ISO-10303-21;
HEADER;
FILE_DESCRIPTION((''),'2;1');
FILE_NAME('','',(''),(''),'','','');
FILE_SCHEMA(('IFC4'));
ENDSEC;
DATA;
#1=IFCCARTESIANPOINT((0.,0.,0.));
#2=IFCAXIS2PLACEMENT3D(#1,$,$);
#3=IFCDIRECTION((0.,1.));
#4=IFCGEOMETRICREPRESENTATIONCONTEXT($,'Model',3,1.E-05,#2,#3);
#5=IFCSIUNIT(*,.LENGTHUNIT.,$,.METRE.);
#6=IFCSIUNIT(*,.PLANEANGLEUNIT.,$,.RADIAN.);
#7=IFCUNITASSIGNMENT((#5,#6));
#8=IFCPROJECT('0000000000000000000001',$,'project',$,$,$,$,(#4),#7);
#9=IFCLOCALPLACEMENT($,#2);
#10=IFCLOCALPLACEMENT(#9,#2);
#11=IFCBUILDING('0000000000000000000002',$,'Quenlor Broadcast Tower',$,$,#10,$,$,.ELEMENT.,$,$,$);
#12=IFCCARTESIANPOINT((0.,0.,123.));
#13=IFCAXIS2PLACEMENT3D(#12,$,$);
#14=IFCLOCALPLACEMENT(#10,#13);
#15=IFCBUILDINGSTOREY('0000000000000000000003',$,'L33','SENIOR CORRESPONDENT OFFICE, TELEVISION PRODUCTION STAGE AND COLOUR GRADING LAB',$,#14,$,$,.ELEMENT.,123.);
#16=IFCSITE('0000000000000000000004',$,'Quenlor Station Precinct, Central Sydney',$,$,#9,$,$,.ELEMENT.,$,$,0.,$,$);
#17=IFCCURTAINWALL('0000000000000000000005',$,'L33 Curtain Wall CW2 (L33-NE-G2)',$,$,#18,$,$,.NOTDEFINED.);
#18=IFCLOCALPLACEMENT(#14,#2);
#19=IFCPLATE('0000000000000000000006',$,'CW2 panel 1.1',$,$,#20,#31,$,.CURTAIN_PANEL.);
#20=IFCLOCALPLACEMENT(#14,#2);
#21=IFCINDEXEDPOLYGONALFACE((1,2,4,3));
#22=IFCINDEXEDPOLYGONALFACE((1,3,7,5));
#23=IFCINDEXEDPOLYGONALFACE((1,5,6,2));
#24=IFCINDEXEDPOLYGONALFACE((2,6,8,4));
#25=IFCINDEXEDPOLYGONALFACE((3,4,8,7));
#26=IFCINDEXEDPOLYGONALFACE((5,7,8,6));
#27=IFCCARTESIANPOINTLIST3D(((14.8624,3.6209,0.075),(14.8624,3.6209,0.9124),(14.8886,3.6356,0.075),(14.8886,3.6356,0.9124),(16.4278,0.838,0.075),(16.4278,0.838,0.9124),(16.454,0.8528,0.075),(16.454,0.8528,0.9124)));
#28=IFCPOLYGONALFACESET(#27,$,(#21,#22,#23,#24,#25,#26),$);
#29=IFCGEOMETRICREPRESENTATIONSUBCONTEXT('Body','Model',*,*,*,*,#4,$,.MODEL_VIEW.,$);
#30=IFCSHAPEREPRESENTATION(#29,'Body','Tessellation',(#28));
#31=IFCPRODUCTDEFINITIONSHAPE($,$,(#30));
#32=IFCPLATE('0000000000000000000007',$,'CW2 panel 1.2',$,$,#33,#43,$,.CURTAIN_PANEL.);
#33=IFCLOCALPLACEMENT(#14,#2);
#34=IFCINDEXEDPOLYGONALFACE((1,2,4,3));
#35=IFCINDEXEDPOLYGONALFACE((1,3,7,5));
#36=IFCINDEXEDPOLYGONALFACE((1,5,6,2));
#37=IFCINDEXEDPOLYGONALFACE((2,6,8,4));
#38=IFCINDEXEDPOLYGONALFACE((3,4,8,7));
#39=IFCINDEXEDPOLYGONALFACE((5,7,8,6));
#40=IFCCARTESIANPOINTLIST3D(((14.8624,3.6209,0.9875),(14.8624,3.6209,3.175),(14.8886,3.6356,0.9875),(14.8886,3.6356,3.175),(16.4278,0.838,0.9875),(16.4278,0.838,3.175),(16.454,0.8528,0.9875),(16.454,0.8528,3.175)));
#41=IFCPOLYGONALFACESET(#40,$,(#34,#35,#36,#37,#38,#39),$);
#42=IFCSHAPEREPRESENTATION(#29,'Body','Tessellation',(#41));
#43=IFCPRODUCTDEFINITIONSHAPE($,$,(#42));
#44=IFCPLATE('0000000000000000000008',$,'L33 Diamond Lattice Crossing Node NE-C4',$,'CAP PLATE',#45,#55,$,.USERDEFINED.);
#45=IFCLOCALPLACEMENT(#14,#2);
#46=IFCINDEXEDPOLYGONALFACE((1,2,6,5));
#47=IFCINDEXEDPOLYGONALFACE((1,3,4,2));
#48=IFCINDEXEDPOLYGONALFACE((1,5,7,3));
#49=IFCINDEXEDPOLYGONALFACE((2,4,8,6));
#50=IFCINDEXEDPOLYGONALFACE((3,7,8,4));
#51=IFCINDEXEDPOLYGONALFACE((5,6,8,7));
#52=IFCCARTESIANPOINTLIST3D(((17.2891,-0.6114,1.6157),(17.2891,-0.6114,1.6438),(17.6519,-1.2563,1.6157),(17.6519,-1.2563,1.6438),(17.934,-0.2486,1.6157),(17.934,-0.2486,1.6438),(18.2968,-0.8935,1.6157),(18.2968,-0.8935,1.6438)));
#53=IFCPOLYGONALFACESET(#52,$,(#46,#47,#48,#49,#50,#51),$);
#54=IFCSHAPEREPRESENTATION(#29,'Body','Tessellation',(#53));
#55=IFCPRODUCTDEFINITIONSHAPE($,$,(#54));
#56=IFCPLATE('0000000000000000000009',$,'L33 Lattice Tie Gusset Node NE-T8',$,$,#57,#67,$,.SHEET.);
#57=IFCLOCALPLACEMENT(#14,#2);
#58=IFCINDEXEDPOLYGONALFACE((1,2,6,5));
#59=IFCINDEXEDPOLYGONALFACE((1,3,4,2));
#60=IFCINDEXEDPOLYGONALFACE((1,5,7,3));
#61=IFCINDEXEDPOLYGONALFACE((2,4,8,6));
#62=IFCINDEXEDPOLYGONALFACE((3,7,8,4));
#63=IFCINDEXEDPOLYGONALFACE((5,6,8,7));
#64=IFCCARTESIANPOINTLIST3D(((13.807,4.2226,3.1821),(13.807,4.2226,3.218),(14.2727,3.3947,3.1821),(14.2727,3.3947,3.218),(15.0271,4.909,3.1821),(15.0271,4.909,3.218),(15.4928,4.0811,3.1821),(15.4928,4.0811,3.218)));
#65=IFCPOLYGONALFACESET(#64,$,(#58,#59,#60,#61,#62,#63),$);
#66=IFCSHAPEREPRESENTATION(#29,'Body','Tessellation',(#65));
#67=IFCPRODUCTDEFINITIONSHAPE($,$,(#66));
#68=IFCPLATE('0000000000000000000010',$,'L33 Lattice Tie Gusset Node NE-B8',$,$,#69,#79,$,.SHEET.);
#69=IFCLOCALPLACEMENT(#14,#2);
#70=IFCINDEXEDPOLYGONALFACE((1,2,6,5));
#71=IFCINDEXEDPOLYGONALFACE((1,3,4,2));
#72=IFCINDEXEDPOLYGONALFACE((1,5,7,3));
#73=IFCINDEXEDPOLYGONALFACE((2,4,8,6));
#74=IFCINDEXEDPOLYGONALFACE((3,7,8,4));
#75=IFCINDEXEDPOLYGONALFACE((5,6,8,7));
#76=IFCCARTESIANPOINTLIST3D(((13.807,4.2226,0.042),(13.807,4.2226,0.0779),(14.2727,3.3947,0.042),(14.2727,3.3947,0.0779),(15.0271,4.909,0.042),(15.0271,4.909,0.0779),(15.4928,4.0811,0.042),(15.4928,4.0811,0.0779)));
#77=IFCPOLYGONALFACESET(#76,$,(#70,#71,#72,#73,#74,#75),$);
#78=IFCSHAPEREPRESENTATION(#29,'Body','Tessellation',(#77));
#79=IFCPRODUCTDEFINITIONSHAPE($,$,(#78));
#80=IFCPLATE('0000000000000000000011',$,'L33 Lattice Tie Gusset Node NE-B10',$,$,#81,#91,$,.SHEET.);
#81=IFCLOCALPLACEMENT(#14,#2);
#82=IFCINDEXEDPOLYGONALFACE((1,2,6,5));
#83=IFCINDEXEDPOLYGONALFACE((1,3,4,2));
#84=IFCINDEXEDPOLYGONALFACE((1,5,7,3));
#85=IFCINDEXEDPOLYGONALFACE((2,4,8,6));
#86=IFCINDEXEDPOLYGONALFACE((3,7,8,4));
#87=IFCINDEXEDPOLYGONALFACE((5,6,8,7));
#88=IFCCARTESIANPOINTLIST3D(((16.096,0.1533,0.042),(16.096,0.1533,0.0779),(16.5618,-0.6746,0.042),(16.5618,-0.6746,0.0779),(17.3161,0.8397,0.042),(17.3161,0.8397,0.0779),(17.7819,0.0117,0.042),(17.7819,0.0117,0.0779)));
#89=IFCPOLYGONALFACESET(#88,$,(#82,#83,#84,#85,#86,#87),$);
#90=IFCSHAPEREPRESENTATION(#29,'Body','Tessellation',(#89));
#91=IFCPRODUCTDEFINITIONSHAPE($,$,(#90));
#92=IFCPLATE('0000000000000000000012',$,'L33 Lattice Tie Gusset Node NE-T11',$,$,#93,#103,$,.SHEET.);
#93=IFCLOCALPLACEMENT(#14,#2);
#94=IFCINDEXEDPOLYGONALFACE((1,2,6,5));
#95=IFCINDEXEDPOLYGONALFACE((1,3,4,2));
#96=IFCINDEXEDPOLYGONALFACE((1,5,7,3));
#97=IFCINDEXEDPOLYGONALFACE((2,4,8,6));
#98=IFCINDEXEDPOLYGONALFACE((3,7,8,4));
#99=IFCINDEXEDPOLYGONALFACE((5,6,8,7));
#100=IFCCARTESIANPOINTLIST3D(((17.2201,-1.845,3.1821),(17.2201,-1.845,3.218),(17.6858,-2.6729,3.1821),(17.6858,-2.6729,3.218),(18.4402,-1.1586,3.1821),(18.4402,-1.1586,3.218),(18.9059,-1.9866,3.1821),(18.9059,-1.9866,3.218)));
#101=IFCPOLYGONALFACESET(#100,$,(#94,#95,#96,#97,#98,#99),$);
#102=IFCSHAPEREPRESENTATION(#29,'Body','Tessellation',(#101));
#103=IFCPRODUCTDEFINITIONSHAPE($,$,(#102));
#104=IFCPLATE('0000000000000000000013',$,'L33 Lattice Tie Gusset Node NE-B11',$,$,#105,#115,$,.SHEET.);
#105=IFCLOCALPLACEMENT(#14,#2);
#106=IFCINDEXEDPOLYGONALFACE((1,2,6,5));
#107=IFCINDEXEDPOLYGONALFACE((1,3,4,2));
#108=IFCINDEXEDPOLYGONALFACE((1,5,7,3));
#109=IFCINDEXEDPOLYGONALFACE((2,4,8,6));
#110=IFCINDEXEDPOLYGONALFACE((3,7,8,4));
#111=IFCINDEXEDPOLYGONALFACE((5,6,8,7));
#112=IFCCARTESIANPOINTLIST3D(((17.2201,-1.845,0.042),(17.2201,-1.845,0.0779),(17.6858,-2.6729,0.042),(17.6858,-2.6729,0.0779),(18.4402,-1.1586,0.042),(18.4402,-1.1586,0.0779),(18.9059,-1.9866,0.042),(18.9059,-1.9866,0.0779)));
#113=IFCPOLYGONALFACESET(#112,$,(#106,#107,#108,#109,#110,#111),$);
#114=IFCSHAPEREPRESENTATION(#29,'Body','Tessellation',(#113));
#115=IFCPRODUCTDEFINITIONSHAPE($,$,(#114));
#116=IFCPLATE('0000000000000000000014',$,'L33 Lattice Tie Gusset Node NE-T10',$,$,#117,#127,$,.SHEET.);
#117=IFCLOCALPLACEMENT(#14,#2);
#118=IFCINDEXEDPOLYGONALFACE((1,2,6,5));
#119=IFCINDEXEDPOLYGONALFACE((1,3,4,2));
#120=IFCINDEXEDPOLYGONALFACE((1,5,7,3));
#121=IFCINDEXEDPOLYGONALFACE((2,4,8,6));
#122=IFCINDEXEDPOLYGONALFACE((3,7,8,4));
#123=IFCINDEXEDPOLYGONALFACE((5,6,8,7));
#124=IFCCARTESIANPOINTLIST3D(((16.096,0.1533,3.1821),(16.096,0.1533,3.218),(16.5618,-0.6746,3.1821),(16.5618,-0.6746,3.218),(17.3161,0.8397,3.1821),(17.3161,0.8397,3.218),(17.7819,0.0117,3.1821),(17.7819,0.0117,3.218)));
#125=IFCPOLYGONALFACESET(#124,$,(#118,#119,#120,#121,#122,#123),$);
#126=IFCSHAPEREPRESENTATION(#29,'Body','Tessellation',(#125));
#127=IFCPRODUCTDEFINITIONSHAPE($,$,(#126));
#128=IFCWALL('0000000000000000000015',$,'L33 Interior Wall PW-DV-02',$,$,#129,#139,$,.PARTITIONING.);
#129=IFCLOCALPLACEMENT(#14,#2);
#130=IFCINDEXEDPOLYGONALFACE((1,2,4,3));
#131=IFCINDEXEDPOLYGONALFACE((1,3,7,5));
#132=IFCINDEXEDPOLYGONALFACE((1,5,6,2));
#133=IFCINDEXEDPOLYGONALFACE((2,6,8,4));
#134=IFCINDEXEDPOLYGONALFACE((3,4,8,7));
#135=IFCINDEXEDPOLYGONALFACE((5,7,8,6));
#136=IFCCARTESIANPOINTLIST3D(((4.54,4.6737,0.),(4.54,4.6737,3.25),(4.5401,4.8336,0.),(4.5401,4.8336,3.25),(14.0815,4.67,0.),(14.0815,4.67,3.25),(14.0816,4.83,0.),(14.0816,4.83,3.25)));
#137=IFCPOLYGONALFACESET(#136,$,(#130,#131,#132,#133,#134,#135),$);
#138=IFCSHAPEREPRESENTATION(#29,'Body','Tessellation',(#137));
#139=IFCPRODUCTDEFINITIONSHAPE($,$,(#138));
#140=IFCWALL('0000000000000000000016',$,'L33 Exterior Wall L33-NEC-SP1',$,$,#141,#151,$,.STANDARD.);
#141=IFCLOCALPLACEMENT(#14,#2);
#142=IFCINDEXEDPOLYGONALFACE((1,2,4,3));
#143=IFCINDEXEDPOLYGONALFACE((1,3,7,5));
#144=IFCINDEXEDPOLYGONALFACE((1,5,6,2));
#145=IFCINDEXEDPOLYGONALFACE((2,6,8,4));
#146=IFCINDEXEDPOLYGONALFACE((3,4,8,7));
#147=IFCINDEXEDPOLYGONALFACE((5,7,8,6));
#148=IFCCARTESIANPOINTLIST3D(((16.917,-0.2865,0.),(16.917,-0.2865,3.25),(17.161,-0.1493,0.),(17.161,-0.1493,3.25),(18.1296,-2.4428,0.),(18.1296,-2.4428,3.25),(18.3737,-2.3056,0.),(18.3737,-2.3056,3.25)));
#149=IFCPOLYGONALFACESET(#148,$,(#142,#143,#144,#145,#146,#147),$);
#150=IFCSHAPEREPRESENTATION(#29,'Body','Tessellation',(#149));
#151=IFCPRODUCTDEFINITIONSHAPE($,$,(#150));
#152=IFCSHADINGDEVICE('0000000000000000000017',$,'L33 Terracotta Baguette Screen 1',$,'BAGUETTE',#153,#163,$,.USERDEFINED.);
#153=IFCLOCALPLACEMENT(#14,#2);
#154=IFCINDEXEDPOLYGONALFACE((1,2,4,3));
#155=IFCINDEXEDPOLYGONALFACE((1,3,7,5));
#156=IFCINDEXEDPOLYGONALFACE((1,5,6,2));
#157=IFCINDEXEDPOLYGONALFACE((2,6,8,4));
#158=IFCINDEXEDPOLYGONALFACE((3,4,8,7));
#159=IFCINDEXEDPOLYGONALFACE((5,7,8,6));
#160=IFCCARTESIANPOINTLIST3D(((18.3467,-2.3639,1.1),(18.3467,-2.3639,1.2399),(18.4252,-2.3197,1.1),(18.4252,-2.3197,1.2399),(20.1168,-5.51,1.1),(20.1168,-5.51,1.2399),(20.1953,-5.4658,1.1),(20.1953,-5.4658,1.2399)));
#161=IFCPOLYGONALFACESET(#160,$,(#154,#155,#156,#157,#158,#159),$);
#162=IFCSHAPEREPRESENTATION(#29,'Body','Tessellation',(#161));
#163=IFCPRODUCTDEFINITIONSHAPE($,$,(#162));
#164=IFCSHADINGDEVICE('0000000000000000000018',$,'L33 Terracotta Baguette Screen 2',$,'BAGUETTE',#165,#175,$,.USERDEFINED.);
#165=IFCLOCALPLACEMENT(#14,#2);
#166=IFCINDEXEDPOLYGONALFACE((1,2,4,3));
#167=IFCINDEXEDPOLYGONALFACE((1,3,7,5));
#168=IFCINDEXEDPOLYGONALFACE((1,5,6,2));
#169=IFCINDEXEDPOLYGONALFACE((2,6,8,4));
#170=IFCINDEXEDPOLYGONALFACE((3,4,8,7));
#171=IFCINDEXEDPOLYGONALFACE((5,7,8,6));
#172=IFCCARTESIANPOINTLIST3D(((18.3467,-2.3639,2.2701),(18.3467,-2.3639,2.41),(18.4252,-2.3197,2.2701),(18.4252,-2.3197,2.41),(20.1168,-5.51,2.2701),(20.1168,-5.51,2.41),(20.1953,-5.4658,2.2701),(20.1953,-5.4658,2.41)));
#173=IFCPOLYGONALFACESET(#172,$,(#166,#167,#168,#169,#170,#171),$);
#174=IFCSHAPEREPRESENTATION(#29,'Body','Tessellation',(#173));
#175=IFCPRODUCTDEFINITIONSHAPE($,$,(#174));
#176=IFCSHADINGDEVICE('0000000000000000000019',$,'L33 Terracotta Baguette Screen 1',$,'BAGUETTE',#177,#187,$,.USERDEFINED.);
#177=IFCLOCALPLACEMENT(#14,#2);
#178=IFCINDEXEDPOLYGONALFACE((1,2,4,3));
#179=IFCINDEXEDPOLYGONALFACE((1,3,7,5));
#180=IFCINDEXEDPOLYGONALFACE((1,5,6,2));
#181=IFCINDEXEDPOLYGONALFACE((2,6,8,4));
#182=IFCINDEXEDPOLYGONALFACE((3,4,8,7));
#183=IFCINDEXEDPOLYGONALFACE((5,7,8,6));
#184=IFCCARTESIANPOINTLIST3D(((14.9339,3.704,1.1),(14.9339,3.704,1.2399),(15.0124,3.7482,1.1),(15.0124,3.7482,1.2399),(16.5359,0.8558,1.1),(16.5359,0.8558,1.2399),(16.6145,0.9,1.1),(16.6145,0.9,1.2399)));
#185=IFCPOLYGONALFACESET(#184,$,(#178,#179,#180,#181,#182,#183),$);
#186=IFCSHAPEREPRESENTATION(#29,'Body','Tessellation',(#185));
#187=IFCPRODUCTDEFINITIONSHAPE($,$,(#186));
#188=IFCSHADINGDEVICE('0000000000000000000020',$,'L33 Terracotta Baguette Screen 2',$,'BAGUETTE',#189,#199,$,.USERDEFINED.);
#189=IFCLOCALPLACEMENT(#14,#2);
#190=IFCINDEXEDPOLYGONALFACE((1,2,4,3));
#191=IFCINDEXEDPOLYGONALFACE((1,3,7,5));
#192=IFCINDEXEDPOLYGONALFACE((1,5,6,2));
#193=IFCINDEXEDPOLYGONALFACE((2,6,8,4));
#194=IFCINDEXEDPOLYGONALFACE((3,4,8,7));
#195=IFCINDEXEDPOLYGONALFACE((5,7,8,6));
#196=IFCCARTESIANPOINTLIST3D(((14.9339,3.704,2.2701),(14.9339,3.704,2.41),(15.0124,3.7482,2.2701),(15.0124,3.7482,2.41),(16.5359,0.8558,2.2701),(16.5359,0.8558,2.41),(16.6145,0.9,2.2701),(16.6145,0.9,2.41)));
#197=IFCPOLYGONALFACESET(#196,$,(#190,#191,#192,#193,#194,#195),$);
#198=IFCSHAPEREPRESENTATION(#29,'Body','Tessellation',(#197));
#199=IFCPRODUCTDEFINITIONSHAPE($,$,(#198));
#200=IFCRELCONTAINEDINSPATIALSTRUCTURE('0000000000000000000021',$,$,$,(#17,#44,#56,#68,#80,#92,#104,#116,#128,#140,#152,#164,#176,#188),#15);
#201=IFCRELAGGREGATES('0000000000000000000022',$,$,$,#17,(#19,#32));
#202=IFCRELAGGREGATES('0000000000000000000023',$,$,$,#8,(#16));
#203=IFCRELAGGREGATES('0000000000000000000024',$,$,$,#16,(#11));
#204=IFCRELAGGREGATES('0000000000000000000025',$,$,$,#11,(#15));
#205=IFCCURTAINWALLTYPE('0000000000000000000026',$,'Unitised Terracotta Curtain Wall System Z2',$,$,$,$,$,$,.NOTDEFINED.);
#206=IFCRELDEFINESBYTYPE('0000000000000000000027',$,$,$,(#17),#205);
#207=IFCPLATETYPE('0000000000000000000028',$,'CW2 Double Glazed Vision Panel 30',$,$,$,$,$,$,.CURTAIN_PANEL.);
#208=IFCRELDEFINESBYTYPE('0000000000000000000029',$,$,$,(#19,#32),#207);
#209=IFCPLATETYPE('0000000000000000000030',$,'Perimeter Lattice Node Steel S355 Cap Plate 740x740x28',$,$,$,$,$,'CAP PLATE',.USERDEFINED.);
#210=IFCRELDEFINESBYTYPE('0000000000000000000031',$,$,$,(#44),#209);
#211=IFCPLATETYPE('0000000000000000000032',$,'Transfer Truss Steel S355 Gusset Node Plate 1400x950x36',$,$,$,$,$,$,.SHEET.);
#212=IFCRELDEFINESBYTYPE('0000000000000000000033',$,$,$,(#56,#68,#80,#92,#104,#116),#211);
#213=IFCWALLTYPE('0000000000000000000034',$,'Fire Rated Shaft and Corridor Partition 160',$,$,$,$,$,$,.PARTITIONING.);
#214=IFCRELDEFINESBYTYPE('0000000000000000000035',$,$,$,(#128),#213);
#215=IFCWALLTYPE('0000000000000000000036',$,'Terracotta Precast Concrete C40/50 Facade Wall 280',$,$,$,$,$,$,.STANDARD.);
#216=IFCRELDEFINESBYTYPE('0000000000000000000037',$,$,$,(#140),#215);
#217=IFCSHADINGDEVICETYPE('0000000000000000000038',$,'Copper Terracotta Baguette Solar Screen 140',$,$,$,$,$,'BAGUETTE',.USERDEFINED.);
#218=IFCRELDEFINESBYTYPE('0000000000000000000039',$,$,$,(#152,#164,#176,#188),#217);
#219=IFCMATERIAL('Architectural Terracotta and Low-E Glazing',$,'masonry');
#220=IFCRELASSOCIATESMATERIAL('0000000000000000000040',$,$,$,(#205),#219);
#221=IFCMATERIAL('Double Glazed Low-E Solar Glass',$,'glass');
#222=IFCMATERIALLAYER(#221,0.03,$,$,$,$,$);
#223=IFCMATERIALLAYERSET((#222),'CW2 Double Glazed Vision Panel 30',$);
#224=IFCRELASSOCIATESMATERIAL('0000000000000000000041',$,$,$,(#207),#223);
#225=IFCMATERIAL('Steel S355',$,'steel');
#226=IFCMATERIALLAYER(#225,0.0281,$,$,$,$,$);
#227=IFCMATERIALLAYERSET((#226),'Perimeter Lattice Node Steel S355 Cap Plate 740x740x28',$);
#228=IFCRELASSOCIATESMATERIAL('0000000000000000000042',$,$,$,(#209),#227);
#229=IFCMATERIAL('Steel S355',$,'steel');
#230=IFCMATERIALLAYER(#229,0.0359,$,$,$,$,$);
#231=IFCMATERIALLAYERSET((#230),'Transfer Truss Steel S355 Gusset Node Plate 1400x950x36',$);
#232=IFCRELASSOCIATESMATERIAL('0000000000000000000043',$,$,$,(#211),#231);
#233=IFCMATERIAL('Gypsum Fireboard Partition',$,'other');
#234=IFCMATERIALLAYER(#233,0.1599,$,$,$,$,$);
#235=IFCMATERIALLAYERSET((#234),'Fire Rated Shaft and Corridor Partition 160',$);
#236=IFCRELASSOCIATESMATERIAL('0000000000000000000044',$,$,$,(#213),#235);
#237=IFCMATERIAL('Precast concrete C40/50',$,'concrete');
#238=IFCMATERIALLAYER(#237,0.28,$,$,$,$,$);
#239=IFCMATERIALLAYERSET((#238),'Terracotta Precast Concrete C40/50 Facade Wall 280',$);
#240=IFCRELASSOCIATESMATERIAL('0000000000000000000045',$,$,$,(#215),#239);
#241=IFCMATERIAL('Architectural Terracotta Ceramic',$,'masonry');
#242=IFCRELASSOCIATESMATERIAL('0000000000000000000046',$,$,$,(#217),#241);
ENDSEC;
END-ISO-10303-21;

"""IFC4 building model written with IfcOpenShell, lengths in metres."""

from ifc_helpers import new_model, si_unit, direction, frame, frame_2d, origin, origin_2d, place, context, subcontext, project, spatial, rectangle, extrude, material, layer, layer_set, material_profile, profile_set, type_object, element, aggregate, save


model = new_model("IFC4")

# Units and contexts
model_context = context("Model", 3, precision=1e-05, world=origin(), true_north=direction((0.0, 1.0)))
body_context = subcontext(model_context, "Body", "Model", "MODEL_VIEW")
ifc_project = project(units=[si_unit("LENGTHUNIT", "METRE"), si_unit("PLANEANGLEUNIT", "RADIAN")], contexts=[model_context])

# Site, building, storey
site_placement = place(None, origin())
site = spatial("IfcSite", under=ifc_project, at=site_placement, Name="Quenlor Station Precinct, Central Sydney", CompositionType="ELEMENT", RefElevation=0.0)
building_placement = place(site_placement, origin())
building = spatial("IfcBuilding", under=site, at=building_placement, Name="Quenlor Broadcast Tower", CompositionType="ELEMENT")
storey_placement = place(building_placement, frame((0.0, 0.0, 123.0)))
storey = spatial("IfcBuildingStorey", under=building, at=storey_placement, Name="L33", Description="SENIOR CORRESPONDENT OFFICE, TELEVISION PRODUCTION STAGE AND COLOUR GRADING LAB", CompositionType="ELEMENT", Elevation=123.0)

# Curtain wall
ifc_material_1 = material(Name="Architectural Terracotta and Low-E Glazing", Category="masonry")
curtain_wall_type = type_object("IfcCurtainWallType", Name="Unitised Terracotta Curtain Wall System Z2", PredefinedType="NOTDEFINED", material=ifc_material_1)
curtain_wall_placement = place(storey_placement, origin())
curtain_wall = element("IfcCurtainWall", 1, at=curtain_wall_placement, inside=storey, type_object=curtain_wall_type, Name="L33 Curtain Wall CW2 (L33-NE-G2)", PredefinedType="NOTDEFINED")

# Plates
ifc_material_2 = material(Name="Double Glazed Low-E Solar Glass", Category="glass")
ifc_layer_1 = layer(ifc_material_2, 0.03)
ifc_layer_set_1 = layer_set([ifc_layer_1], Name="CW2 Double Glazed Vision Panel 30")
plate_type_1 = type_object("IfcPlateType", Name="CW2 Double Glazed Vision Panel 30", PredefinedType="CURTAIN_PANEL", material=ifc_layer_set_1)
plate_1_placement = place(storey_placement, frame((15.6582, 2.2368, 0.075), z_axis=(0.0, 0.0, 1.0), x_axis=(0.490261, -0.871576, 0.0)))
plate_1 = element("IfcPlate", 2, at=plate_1_placement, type_object=plate_type_1, Name="CW2 panel 1.1", PredefinedType="CURTAIN_PANEL", context=body_context, shape_type="SweptSolid", body=[
    extrude(rectangle(XDim=3.1929, YDim=0.03, at=origin_2d()), origin(), (0.0, 0.0, 1.0), 0.8374),
])
plate_2_placement = place(storey_placement, frame((15.6582, 2.2368, 0.9875), z_axis=(0.0, 0.0, 1.0), x_axis=(0.490261, -0.871576, 0.0)))
plate_2 = element("IfcPlate", 3, at=plate_2_placement, type_object=plate_type_1, Name="CW2 panel 1.2", PredefinedType="CURTAIN_PANEL", context=body_context, shape_type="SweptSolid", body=[
    extrude(rectangle(XDim=3.1929, YDim=0.03, at=origin_2d()), origin(), (0.0, 0.0, 1.0), 2.1875),
])
aggregate(curtain_wall, [plate_1, plate_2])

# Plates
ifc_material_3 = material(Name="Steel S355", Category="steel")
ifc_layer_2 = layer(ifc_material_3, 0.0281)
ifc_layer_set_2 = layer_set([ifc_layer_2], Name="Perimeter Lattice Node Steel S355 Cap Plate 740x740x28")
plate_type_2 = type_object("IfcPlateType", Name="Perimeter Lattice Node Steel S355 Cap Plate 740x740x28", ElementType="CAP PLATE", PredefinedType="USERDEFINED", material=ifc_layer_set_2)
plate_3_placement = place(storey_placement, frame((17.793, -0.7524, 1.6157), z_axis=(0.0, 0.0, 1.0), x_axis=(0.490295, -0.871556, 0.0)))
element("IfcPlate", 4, at=plate_3_placement, inside=storey, type_object=plate_type_2, Name="L33 Diamond Lattice Crossing Node NE-C4", ObjectType="CAP PLATE", PredefinedType="USERDEFINED", context=body_context, shape_type="SweptSolid", body=[
    extrude(rectangle(XDim=0.74, YDim=0.74, at=origin_2d()), origin(), (0.0, 0.0, 1.0), 0.0281),
])
ifc_material_4 = material(Name="Steel S355", Category="steel")
ifc_layer_3 = layer(ifc_material_4, 0.0359)
ifc_layer_set_3 = layer_set([ifc_layer_3], Name="Transfer Truss Steel S355 Gusset Node Plate 1400x950x36")
plate_type_3 = type_object("IfcPlateType", Name="Transfer Truss Steel S355 Gusset Node Plate 1400x950x36", PredefinedType="SHEET", material=ifc_layer_set_3)
for number, where, z_axis, x_axis, name in (
    (5, (14.6499, 4.1519, 3.1821), (0.0, 0.0, 1.0), (0.871556, 0.490295, 0.0), "L33 Lattice Tie Gusset Node NE-T8"),
    (6, (14.6499, 4.1519, 0.042), (0.0, 0.0, 1.0), (0.871556, 0.490295, 0.0), "L33 Lattice Tie Gusset Node NE-B8"),
    (7, (16.939, 0.0825, 0.042), (0.0, 0.0, 1.0), (0.871556, 0.490295, 0.0), "L33 Lattice Tie Gusset Node NE-B10"),
    (8, (18.063, -1.9158, 3.1821), (0.0, 0.0, 1.0), (0.871556, 0.490295, 0.0), "L33 Lattice Tie Gusset Node NE-T11"),
    (9, (18.063, -1.9158, 0.042), (0.0, 0.0, 1.0), (0.871556, 0.490295, 0.0), "L33 Lattice Tie Gusset Node NE-B11"),
    (10, (16.939, 0.0825, 3.1821), (0.0, 0.0, 1.0), (0.871556, 0.490295, 0.0), "L33 Lattice Tie Gusset Node NE-T10"),
):
    element("IfcPlate", number, at=place(storey_placement, frame(where, z_axis=z_axis, x_axis=x_axis)), inside=storey, type_object=plate_type_3, Name=name, PredefinedType="SHEET", context=body_context, shape_type="SweptSolid", body=[
        extrude(rectangle(XDim=1.3999, YDim=0.95, at=origin_2d()), origin(), (0.0, 0.0, 1.0), 0.0359),
    ])

# Walls
ifc_material_5 = material(Name="Gypsum Fireboard Partition", Category="other")
ifc_layer_4 = layer(ifc_material_5, 0.1599)
ifc_layer_set_4 = layer_set([ifc_layer_4], Name="Fire Rated Shaft and Corridor Partition 160")
wall_type_1 = type_object("IfcWallType", Name="Fire Rated Shaft and Corridor Partition 160", PredefinedType="PARTITIONING", material=ifc_layer_set_4)
wall_1_placement = place(storey_placement, frame((14.0815, 4.75, 0.0), z_axis=(0.0, 0.0, 1.0), x_axis=(-1.0, 0.000384, 0.0)))
element("IfcWall", 11, at=wall_1_placement, inside=storey, type_object=wall_type_1, Name="L33 Interior Wall PW-DV-02", PredefinedType="PARTITIONING", context=body_context, shape_type="SweptSolid", body=[
    extrude(rectangle(XDim=9.5415, YDim=0.1599, at=frame_2d((4.7708, 0.0))), origin(), (0.0, 0.0, 1.0), 3.25),
])
ifc_material_6 = material(Name="Precast concrete C40/50", Category="concrete")
ifc_layer_5 = layer(ifc_material_6, 0.28)
ifc_layer_set_5 = layer_set([ifc_layer_5], Name="Terracotta Precast Concrete C40/50 Facade Wall 280")
wall_type_2 = type_object("IfcWallType", Name="Terracotta Precast Concrete C40/50 Facade Wall 280", PredefinedType="STANDARD", material=ifc_layer_set_5)
wall_2_placement = place(storey_placement, frame((17.0391, -0.218, 0.0), z_axis=(0.0, 0.0, 1.0), x_axis=(0.490186, -0.871618, 0.0)))
element("IfcWall", 12, at=wall_2_placement, inside=storey, type_object=wall_type_2, Name="L33 Exterior Wall L33-NEC-SP1", PredefinedType="STANDARD", context=body_context, shape_type="SweptSolid", body=[
    extrude(rectangle(XDim=2.4739, YDim=0.28, at=frame_2d((1.2368, 0.0))), origin(), (0.0, 0.0, 1.0), 3.25),
])

# Shading devices
ifc_material_7 = material(Name="Architectural Terracotta Ceramic", Category="masonry")
ifc_material_profile_1 = material_profile(ifc_material_7, rectangle(XDim=0.0901, YDim=0.1399, at=origin_2d()))
ifc_profile_set_1 = profile_set([ifc_material_profile_1], Name="Architectural Terracotta Ceramic BAG90x140")
shading_device_type = type_object("IfcShadingDeviceType", Name="Copper Terracotta Baguette Solar Screen 140", ElementType="BAGUETTE", PredefinedType="USERDEFINED", material=ifc_profile_set_1)
for number, where, z_axis, x_axis, name in (
    (13, (18.386, -2.3418, 1.1699), (0.490345, -0.871529, 0.0), (0.871529, 0.490345, 0.0), "L33 Terracotta Baguette Screen 1"),
    (14, (18.386, -2.3418, 2.3401), (0.490345, -0.871529, 0.0), (0.871529, 0.490345, 0.0), "L33 Terracotta Baguette Screen 2"),
):
    element("IfcShadingDevice", number, at=place(storey_placement, frame(where, z_axis=z_axis, x_axis=x_axis)), inside=storey, type_object=shading_device_type, Name=name, ObjectType="BAGUETTE", PredefinedType="USERDEFINED", context=body_context, shape_type="SweptSolid", body=[
        extrude(rectangle(XDim=0.0901, YDim=0.1399, at=origin_2d()), origin(), (0.0, 0.0, 1.0), 3.6099),
    ])
for number, where, z_axis, x_axis, name in (
    (15, (14.9731, 3.7261, 1.1699), (0.490254, -0.87158, 0.0), (0.87158, 0.490254, 0.0), "L33 Terracotta Baguette Screen 1"),
    (16, (14.9731, 3.7261, 2.3401), (0.490254, -0.87158, 0.0), (0.87158, 0.490254, 0.0), "L33 Terracotta Baguette Screen 2"),
):
    element("IfcShadingDevice", number, at=place(storey_placement, frame(where, z_axis=z_axis, x_axis=x_axis)), inside=storey, type_object=shading_device_type, Name=name, ObjectType="BAGUETTE", PredefinedType="USERDEFINED", context=body_context, shape_type="SweptSolid", body=[
        extrude(rectangle(XDim=0.0901, YDim=0.1399, at=origin_2d()), origin(), (0.0, 0.0, 1.0), 3.2678),
    ])

save(model, "model.ifc")
